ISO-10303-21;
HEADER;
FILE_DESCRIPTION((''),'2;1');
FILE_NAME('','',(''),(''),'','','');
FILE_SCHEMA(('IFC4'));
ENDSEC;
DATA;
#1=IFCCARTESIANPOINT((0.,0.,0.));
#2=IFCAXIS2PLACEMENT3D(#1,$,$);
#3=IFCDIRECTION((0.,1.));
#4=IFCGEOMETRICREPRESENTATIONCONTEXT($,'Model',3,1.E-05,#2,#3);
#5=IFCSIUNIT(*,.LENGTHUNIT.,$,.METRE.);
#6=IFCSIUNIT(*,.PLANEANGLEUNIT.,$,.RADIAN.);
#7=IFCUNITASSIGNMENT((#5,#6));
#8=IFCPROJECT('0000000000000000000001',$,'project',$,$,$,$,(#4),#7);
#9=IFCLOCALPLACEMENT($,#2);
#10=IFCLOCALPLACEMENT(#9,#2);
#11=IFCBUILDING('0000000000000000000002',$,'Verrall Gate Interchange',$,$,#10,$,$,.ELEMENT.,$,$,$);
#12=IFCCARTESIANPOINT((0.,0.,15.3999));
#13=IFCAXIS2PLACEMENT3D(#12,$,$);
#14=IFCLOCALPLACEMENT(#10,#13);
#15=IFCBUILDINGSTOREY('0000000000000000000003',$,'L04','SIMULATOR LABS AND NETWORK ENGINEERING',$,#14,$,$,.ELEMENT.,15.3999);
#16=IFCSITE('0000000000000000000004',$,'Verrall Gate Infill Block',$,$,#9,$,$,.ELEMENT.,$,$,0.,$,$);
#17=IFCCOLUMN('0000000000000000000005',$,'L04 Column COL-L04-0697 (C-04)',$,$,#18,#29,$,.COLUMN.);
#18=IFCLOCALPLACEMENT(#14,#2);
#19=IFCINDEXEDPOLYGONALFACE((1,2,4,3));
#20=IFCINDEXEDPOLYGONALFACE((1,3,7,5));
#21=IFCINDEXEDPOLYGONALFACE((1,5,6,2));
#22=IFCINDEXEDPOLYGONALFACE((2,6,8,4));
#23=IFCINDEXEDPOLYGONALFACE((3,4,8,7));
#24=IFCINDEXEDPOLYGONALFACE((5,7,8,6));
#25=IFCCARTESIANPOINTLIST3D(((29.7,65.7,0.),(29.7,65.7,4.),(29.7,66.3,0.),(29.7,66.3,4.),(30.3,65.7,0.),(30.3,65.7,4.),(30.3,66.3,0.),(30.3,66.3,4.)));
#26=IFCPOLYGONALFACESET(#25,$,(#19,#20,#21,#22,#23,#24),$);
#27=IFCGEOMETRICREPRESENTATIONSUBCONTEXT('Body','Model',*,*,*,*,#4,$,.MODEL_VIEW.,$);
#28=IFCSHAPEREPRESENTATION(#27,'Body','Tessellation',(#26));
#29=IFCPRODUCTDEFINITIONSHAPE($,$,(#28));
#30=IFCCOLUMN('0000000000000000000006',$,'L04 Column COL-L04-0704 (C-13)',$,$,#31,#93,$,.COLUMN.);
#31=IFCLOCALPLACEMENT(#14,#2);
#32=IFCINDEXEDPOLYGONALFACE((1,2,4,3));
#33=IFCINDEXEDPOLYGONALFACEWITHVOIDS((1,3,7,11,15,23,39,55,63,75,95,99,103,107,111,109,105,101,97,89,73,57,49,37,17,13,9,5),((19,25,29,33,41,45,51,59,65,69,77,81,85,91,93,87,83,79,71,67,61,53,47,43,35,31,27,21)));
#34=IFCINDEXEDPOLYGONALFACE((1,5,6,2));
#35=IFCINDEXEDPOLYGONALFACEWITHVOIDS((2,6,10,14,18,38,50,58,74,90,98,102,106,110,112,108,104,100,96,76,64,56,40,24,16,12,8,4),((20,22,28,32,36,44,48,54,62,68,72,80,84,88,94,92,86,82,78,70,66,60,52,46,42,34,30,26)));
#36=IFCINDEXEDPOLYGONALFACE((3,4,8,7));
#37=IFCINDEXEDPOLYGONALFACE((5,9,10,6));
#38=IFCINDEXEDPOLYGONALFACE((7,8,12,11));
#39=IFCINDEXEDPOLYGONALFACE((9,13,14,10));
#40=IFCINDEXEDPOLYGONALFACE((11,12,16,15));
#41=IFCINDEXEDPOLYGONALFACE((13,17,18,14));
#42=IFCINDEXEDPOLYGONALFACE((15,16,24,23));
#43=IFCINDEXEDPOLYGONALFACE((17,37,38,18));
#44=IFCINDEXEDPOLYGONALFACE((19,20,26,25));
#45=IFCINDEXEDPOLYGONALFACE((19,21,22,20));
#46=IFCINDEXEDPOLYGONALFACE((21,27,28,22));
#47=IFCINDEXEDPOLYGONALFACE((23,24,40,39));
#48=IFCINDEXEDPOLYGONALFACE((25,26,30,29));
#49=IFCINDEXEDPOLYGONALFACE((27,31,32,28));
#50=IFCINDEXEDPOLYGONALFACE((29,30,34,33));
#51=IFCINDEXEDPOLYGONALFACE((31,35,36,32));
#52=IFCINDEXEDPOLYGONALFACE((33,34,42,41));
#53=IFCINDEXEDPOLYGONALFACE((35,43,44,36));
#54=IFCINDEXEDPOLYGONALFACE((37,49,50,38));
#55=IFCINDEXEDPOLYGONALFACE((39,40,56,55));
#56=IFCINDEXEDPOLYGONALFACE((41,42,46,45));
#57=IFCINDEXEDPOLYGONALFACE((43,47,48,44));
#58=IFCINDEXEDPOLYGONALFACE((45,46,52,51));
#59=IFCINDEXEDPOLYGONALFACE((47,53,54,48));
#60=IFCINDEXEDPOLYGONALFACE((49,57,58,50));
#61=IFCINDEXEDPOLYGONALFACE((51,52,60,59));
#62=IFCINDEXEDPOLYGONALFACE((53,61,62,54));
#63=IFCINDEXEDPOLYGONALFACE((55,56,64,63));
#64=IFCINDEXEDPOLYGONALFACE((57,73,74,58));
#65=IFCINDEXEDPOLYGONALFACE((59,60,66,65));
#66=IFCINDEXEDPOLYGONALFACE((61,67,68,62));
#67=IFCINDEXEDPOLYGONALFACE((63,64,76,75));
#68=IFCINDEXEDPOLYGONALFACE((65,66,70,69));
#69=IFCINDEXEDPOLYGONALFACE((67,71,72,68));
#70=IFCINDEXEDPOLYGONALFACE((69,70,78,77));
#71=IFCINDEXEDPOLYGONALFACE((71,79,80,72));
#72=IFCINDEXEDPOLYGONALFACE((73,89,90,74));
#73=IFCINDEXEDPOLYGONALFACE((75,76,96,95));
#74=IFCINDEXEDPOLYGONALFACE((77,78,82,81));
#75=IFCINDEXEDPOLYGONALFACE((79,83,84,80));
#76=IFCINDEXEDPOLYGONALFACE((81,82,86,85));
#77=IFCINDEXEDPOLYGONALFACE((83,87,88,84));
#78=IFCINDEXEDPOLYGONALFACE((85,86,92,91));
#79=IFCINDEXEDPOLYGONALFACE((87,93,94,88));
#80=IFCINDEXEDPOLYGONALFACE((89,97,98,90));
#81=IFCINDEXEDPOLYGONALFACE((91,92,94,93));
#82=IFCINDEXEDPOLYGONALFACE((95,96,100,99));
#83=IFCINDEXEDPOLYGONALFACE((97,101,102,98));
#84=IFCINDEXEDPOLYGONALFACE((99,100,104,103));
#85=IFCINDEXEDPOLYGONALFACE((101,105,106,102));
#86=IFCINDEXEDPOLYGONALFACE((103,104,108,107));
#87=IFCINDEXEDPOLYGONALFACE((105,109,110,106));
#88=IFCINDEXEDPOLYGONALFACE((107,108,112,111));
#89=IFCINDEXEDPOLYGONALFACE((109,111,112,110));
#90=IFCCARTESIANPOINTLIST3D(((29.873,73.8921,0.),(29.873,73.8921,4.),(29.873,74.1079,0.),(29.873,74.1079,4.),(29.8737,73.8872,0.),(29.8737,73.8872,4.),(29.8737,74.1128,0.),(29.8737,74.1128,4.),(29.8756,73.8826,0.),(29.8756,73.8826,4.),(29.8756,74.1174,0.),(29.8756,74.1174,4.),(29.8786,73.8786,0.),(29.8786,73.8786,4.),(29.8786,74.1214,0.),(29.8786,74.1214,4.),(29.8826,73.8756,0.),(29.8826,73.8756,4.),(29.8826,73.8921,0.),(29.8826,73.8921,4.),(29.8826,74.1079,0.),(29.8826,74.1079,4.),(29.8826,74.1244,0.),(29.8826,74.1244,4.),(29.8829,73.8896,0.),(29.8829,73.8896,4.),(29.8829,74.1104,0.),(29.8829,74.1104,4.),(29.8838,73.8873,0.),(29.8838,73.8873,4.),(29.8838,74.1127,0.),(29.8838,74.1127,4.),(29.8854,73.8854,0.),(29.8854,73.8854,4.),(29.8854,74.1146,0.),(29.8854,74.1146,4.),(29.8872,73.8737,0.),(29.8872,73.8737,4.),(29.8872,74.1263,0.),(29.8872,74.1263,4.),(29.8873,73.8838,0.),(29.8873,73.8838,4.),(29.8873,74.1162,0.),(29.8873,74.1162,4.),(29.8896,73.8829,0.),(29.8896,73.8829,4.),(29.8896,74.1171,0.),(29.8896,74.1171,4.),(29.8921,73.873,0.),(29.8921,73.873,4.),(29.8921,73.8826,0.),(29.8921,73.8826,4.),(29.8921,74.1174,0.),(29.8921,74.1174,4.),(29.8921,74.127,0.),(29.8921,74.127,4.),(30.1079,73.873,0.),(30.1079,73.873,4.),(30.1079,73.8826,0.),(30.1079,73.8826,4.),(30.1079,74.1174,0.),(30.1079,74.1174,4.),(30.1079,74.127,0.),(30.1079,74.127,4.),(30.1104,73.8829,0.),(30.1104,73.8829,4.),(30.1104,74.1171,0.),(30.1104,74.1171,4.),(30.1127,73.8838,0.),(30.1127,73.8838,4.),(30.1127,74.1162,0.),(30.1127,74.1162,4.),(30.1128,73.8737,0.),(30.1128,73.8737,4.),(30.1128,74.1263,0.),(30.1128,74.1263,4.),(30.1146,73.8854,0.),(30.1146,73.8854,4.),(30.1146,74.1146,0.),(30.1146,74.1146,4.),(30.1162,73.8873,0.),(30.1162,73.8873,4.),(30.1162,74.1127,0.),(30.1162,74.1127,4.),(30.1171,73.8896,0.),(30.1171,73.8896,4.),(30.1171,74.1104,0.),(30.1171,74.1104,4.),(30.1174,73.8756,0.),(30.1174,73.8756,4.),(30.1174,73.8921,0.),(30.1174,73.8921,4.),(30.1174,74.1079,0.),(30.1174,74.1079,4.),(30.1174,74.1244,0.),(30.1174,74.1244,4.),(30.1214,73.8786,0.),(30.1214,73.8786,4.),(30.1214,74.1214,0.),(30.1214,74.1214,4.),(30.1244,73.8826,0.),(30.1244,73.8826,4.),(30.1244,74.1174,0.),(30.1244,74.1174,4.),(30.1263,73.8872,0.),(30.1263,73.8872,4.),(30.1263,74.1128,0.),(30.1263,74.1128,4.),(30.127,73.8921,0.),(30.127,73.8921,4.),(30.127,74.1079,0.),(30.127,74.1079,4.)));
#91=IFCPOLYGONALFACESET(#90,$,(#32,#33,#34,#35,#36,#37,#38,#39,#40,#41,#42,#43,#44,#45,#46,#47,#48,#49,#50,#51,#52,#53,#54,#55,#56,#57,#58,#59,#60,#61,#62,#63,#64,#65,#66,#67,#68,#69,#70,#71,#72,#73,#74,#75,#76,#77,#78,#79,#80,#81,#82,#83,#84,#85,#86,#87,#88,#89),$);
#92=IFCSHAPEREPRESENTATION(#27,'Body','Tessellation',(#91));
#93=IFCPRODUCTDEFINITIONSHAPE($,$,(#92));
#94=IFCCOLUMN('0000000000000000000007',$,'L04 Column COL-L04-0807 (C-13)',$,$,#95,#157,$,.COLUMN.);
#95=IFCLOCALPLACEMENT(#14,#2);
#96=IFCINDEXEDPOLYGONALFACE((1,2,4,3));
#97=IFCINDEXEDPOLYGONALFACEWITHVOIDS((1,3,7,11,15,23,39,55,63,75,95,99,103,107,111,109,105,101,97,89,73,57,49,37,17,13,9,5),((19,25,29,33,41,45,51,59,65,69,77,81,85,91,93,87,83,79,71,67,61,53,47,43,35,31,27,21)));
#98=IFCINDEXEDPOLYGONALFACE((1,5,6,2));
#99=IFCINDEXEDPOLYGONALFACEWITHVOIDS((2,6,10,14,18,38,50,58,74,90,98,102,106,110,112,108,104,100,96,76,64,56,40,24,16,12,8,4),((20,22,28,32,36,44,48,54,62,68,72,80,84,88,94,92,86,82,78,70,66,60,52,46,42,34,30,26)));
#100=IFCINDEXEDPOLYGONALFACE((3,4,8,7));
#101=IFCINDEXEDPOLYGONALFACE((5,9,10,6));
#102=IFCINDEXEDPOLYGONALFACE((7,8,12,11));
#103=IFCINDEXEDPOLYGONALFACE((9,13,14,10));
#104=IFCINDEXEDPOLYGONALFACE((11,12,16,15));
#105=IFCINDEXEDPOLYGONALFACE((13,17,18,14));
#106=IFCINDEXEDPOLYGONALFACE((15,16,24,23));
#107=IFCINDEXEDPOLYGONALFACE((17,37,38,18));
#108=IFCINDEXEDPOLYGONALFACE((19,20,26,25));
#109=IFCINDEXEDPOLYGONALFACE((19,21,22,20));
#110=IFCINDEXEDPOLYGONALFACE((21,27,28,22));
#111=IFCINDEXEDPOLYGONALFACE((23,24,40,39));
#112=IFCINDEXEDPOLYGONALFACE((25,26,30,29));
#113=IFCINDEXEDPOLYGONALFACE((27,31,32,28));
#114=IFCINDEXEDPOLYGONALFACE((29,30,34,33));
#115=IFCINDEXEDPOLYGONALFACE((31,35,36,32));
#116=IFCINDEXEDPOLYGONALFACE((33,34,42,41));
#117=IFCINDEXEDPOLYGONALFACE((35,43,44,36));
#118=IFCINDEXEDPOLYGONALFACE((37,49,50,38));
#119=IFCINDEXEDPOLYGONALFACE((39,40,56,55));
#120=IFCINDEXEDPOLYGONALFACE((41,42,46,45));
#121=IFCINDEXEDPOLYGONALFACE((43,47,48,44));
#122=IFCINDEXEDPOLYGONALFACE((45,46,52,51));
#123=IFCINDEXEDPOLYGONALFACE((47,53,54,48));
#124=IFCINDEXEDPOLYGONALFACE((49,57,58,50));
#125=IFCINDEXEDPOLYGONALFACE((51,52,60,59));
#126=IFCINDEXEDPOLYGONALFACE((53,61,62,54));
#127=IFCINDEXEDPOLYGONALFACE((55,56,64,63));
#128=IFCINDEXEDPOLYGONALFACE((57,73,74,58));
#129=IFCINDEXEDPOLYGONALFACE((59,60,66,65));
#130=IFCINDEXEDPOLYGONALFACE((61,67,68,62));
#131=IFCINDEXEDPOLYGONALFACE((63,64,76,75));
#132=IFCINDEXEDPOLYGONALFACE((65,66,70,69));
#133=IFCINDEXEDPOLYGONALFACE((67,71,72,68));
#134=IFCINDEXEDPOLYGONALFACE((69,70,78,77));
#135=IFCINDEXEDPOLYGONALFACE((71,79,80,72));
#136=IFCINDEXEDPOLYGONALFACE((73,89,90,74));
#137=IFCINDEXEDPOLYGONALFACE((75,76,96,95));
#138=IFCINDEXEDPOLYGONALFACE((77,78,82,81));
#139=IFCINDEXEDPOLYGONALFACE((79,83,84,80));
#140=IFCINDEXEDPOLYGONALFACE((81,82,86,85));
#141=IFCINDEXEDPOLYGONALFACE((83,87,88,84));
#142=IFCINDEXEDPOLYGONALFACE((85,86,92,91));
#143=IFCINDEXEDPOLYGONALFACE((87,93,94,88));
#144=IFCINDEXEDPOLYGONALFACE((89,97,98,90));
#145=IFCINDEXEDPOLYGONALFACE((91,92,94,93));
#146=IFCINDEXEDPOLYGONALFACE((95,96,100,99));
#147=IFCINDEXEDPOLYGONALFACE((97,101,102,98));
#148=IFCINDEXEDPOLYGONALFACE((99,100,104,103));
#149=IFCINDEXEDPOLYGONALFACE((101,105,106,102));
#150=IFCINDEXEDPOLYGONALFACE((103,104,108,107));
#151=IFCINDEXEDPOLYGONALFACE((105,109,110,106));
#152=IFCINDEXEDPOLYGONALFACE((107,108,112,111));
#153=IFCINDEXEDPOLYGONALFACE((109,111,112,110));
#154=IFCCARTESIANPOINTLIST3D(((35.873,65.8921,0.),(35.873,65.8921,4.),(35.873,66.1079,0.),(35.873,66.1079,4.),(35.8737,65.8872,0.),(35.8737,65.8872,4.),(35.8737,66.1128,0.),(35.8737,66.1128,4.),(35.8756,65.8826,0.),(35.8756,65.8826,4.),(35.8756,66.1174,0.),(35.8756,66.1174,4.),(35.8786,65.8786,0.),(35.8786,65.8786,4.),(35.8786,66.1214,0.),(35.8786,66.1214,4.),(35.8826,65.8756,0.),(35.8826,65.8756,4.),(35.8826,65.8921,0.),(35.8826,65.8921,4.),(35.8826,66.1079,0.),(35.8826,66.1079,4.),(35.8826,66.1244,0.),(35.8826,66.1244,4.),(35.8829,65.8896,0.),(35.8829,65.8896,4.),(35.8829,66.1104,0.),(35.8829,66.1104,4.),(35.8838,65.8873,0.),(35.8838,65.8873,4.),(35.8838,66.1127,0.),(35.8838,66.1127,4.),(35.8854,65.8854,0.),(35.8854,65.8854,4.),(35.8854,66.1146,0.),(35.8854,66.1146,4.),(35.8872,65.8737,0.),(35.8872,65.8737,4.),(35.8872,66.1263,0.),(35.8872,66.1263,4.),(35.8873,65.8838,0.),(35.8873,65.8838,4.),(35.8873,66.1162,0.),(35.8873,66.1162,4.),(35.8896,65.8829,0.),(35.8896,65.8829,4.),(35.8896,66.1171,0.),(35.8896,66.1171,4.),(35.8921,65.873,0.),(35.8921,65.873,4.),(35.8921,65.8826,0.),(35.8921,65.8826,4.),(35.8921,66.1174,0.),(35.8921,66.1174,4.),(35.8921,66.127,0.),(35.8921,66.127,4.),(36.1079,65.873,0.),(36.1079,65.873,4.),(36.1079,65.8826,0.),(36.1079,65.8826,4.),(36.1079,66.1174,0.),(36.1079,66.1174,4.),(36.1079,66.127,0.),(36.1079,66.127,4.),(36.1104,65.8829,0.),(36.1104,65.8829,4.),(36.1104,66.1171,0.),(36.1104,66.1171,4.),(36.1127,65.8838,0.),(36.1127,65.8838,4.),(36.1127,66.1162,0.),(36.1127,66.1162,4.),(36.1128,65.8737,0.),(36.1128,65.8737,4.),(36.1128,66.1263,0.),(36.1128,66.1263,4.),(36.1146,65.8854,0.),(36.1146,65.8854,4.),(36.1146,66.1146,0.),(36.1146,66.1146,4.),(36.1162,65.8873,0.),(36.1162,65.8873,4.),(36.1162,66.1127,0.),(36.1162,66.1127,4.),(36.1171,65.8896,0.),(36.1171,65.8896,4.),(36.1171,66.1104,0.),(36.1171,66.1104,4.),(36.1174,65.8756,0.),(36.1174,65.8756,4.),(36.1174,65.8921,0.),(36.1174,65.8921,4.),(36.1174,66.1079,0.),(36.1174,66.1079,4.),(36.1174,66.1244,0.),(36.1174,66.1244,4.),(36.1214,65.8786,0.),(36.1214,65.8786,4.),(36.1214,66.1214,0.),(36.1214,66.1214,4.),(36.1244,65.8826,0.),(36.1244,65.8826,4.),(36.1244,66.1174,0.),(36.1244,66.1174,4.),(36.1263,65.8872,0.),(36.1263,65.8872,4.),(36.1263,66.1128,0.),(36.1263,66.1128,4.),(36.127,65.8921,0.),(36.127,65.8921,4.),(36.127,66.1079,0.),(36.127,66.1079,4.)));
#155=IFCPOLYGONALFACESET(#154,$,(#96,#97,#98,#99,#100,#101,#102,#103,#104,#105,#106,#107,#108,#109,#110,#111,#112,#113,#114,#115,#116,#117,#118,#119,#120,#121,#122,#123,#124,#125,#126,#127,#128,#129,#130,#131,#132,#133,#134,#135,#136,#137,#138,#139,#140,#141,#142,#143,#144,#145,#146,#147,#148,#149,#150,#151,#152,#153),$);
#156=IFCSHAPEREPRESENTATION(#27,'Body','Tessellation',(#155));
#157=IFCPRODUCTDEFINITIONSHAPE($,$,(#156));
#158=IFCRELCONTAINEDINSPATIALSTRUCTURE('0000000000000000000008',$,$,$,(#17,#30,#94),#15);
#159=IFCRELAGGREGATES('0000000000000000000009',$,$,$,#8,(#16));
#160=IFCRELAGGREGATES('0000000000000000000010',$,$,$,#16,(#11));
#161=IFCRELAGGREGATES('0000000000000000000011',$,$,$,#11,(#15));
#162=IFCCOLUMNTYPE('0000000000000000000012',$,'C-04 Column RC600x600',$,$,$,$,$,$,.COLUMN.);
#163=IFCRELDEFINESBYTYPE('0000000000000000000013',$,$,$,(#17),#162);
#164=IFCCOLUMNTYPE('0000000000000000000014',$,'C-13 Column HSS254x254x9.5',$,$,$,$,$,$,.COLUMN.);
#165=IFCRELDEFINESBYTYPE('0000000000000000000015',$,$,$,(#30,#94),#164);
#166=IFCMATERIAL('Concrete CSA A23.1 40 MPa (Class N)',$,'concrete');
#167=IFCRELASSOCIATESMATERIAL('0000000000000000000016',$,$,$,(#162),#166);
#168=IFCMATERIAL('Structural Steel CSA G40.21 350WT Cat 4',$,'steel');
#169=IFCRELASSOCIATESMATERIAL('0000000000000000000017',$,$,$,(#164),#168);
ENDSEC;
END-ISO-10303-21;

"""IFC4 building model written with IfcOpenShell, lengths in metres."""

from ifc_helpers import new_model, si_unit, direction, frame, origin, origin_2d, place, context, subcontext, project, spatial, rectangle, hollow_rectangle, extrude, material, material_profile, profile_set, type_object, element, save


model = new_model("IFC4")

# Units and contexts
model_context = context("Model", 3, precision=1e-05, world=origin(), true_north=direction((0.0, 1.0)))
body_context = subcontext(model_context, "Body", "Model", "MODEL_VIEW")
ifc_project = project(units=[si_unit("LENGTHUNIT", "METRE"), si_unit("PLANEANGLEUNIT", "RADIAN")], contexts=[model_context])

# Site, building, storey
site_placement = place(None, origin())
site = spatial("IfcSite", under=ifc_project, at=site_placement, Name="Verrall Gate Infill Block", CompositionType="ELEMENT", RefElevation=0.0)
building_placement = place(site_placement, origin())
building = spatial("IfcBuilding", under=site, at=building_placement, Name="Verrall Gate Interchange", CompositionType="ELEMENT")
storey_placement = place(building_placement, frame((0.0, 0.0, 15.3999)))
storey = spatial("IfcBuildingStorey", under=building, at=storey_placement, Name="L04", Description="SIMULATOR LABS AND NETWORK ENGINEERING", CompositionType="ELEMENT", Elevation=15.3999)

# Columns
ifc_material_1 = material(Name="Concrete CSA A23.1 40 MPa (Class N)", Category="concrete")
ifc_material_profile_1 = material_profile(ifc_material_1, rectangle(XDim=0.6001, YDim=0.6001, at=origin_2d()), Name="RC600x600")
ifc_profile_set_1 = profile_set([ifc_material_profile_1], Name="Concrete CSA A23.1 40 MPa (Class N)")
column_type_1 = type_object("IfcColumnType", Name="C-04 Column RC600x600", PredefinedType="COLUMN", material=ifc_profile_set_1)
column_placement = place(storey_placement, frame((30.0, 66.0, 0.0), z_axis=(0.0, 0.0, 1.0), x_axis=(1.0, 0.0, 0.0)))
element("IfcColumn", 1, at=column_placement, inside=storey, type_object=column_type_1, Name="L04 Column COL-L04-0697 (C-04)", PredefinedType="COLUMN", context=body_context, shape_type="SweptSolid", body=[
    extrude(rectangle(XDim=0.6001, YDim=0.6001, at=origin_2d()), origin(), (0.0, 0.0, 1.0), 4.0),
])
ifc_material_2 = material(Name="Structural Steel CSA G40.21 350WT Cat 4", Category="steel")
ifc_material_profile_2 = material_profile(ifc_material_2, hollow_rectangle(XDim=0.2539, YDim=0.2539, WallThickness=0.0095, InnerFilletRadius=0.0095, OuterFilletRadius=0.019, at=origin_2d()), Name="HSS254x254x9.5")
ifc_profile_set_2 = profile_set([ifc_material_profile_2], Name="Structural Steel CSA G40.21 350WT Cat 4")
column_type_2 = type_object("IfcColumnType", Name="C-13 Column HSS254x254x9.5", PredefinedType="COLUMN", material=ifc_profile_set_2)
for number, where, z_axis, x_axis, name in (
    (2, (30.0, 74.0, 0.0), (0.0, 0.0, 1.0), (1.0, 0.0, 0.0), "L04 Column COL-L04-0704 (C-13)"),
    (3, (36.0, 66.0, 0.0), (0.0, 0.0, 1.0), (1.0, 0.0, 0.0), "L04 Column COL-L04-0807 (C-13)"),
):
    element("IfcColumn", number, at=place(storey_placement, frame(where, z_axis=z_axis, x_axis=x_axis)), inside=storey, type_object=column_type_2, Name=name, PredefinedType="COLUMN", context=body_context, shape_type="SweptSolid", body=[
        extrude(hollow_rectangle(XDim=0.2539, YDim=0.2539, WallThickness=0.0095, InnerFilletRadius=0.0095, OuterFilletRadius=0.019, at=origin_2d()), origin(), (0.0, 0.0, 1.0), 4.0),
    ])

save(model, "model.ifc")
